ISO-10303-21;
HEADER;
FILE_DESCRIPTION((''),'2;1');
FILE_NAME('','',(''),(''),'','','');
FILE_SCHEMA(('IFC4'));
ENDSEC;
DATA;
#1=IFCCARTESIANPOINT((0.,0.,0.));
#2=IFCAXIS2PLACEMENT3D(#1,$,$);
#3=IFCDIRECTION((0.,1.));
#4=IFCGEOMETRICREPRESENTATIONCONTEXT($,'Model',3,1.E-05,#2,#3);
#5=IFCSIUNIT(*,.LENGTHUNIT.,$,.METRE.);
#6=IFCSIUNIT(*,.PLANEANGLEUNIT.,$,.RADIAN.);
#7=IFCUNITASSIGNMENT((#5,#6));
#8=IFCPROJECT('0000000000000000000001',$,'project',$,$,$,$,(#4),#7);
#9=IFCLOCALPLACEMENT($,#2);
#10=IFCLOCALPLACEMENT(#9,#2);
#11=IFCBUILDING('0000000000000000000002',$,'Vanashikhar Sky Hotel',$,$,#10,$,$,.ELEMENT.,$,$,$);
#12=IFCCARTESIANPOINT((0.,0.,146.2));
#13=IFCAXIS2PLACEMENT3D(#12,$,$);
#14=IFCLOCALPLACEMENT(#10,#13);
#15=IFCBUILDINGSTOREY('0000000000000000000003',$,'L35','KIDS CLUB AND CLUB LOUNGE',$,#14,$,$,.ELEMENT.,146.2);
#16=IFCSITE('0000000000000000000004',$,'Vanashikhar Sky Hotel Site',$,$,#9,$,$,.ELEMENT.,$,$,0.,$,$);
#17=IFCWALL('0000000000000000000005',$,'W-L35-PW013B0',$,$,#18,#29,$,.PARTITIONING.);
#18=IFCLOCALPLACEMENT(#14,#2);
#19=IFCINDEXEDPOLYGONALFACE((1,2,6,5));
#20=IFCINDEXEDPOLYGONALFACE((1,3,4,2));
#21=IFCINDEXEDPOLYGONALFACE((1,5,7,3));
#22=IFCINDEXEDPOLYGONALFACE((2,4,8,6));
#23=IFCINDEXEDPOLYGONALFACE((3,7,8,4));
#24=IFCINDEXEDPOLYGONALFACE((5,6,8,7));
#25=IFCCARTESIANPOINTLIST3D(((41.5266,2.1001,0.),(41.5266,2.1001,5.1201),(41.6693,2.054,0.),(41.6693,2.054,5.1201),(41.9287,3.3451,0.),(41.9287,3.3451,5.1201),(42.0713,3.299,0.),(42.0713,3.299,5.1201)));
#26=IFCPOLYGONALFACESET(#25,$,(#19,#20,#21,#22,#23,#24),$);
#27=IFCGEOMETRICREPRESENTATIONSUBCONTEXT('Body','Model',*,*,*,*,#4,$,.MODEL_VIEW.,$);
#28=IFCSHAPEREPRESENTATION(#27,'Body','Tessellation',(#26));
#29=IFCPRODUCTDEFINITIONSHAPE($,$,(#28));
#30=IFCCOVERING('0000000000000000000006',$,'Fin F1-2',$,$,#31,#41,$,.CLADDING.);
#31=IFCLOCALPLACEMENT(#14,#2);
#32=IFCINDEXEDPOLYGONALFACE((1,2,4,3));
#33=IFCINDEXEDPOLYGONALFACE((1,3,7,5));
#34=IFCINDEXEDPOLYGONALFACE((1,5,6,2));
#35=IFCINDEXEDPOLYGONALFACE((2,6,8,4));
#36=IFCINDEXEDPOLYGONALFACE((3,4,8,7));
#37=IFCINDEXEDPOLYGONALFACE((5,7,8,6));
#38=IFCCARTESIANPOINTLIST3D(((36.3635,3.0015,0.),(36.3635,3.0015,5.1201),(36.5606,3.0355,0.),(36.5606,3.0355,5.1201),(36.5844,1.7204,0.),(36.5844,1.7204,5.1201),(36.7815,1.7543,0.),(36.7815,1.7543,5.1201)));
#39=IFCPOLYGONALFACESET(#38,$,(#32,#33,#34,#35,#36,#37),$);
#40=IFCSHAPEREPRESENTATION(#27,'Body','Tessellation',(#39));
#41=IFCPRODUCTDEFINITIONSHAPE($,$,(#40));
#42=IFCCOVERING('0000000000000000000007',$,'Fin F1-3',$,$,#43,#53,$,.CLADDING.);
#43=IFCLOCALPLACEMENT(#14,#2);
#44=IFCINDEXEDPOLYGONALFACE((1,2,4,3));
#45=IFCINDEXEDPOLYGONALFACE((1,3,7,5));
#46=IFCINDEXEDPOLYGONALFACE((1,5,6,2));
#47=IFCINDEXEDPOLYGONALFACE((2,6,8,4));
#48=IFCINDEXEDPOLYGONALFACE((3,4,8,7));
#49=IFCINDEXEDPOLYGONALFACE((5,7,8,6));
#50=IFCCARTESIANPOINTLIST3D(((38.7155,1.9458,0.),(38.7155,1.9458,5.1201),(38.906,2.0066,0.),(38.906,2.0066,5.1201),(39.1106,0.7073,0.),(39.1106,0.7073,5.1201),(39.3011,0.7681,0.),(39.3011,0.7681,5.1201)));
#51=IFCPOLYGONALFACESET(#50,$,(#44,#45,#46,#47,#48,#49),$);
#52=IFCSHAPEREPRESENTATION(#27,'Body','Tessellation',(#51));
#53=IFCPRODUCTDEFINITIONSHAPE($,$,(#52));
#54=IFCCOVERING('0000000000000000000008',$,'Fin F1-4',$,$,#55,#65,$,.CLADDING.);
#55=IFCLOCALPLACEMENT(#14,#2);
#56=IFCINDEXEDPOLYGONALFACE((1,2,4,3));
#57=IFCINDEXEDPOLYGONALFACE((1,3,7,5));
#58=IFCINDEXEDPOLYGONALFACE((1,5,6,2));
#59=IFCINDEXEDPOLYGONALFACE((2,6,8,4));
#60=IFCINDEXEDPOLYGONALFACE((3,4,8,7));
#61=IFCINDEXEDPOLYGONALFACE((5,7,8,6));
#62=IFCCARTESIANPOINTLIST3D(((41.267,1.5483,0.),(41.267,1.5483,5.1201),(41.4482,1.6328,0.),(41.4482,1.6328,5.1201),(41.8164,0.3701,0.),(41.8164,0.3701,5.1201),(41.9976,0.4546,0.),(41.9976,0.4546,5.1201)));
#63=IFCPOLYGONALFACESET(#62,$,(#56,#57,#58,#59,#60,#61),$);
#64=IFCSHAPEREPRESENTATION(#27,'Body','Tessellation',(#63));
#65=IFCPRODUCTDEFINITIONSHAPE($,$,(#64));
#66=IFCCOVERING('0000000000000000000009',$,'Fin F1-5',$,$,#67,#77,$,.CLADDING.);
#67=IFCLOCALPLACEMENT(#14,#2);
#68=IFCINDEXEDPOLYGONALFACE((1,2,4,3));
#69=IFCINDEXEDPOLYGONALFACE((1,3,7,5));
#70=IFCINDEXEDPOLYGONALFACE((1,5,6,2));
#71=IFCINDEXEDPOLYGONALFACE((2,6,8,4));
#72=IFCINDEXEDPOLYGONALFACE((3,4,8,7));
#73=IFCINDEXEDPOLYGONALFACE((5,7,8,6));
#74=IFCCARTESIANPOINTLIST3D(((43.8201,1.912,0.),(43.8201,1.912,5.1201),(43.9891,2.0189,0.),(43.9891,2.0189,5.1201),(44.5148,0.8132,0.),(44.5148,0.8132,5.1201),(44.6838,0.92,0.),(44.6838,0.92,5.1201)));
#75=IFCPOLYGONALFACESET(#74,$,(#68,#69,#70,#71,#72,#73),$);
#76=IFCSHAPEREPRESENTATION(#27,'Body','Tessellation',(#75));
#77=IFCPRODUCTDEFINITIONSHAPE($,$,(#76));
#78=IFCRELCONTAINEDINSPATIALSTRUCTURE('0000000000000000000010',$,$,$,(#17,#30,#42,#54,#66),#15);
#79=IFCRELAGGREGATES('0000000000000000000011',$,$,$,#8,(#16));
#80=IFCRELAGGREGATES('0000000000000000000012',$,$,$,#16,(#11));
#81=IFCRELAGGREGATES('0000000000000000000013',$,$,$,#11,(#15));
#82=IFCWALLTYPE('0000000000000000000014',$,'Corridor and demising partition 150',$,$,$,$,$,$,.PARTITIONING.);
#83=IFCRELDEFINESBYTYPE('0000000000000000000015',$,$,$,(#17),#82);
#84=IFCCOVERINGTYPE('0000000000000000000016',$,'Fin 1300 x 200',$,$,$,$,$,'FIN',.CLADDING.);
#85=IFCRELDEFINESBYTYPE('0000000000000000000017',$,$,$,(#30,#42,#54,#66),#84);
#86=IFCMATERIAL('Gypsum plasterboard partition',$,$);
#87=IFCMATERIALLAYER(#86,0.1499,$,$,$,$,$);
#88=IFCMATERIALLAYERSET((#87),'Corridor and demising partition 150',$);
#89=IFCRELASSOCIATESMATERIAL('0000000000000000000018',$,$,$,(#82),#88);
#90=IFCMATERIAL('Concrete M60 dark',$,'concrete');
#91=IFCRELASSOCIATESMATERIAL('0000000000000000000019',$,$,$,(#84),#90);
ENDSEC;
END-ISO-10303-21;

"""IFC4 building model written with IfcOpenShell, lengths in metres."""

from ifc_helpers import new_model, si_unit, direction, frame, frame_2d, origin, origin_2d, place, context, subcontext, project, spatial, rectangle, extrude, source, transform, mapped, material, layer, layer_set, material_profile, profile_set, type_object, element, save


model = new_model("IFC4")

# Units and contexts
model_context = context("Model", 3, precision=1e-05, world=origin(), true_north=direction((0.0, 1.0)))
body_context = subcontext(model_context, "Body", "Model", "MODEL_VIEW")
ifc_project = project(units=[si_unit("LENGTHUNIT", "METRE"), si_unit("PLANEANGLEUNIT", "RADIAN")], contexts=[model_context])

# Site, building, storey
site_placement = place(None, origin())
site = spatial("IfcSite", under=ifc_project, at=site_placement, Name="Vanashikhar Sky Hotel Site", CompositionType="ELEMENT", RefElevation=0.0)
building_placement = place(site_placement, origin())
building = spatial("IfcBuilding", under=site, at=building_placement, Name="Vanashikhar Sky Hotel", CompositionType="ELEMENT")
storey_placement = place(building_placement, frame((0.0, 0.0, 146.2)))
storey = spatial("IfcBuildingStorey", under=building, at=storey_placement, Name="L35", Description="KIDS CLUB AND CLUB LOUNGE", CompositionType="ELEMENT", Elevation=146.2)

# Wall
ifc_material_1 = material(Name="Gypsum plasterboard partition")
ifc_layer_1 = layer(ifc_material_1, 0.1499)
ifc_layer_set_1 = layer_set([ifc_layer_1], Name="Corridor and demising partition 150")
wall_type_1 = type_object("IfcWallType", Name="Corridor and demising partition 150", PredefinedType="PARTITIONING", material=ifc_layer_set_1)
shared_shape_1 = source(origin(), body_context, "Body", "SweptSolid", [
    extrude(rectangle(XDim=1.3083, YDim=0.1499, at=frame_2d((0.6543, 0.0))), origin(), (0.0, 0.0, 1.0), 5.1201),
])
wall_1_placement = place(storey_placement, frame((41.5979, 2.0769, 0.0), z_axis=(0.0, 0.0, 1.0), x_axis=(0.307314, 0.951608, 0.0)))
element("IfcWall", 1, at=wall_1_placement, inside=storey, type_object=wall_type_1, Name="W-L35-PW013B0", PredefinedType="PARTITIONING", context=body_context, shape_type="MappedRepresentation", body=[
    mapped(shared_shape_1, transform((0.0, 0.0, 0.0), scale=1.0)),
])

# Coverings
ifc_material_2 = material(Name="Concrete M60 dark", Category="concrete")
ifc_material_profile = material_profile(ifc_material_2, rectangle(XDim=1.3, YDim=0.2, at=origin_2d()))
ifc_profile_set = profile_set([ifc_material_profile], Name="Fin 1300 x 200")
covering_type = type_object("IfcCoveringType", Name="Fin 1300 x 200", ElementType="FIN", PredefinedType="CLADDING", material=ifc_profile_set)
shared_shape_2 = source(origin(), body_context, "Body", "SweptSolid", [
    extrude(rectangle(XDim=1.3, YDim=0.2, at=origin_2d()), origin(), (0.0, 0.0, 1.0), 5.1201),
])
for number, where, z_axis, x_axis, name in (
    (2, (36.5725, 2.3779, 0.0), (0.0, 0.0, 1.0), (0.1699, -0.985461, 0.0), "Fin F1-2"),
    (3, (39.0083, 1.3569, 0.0), (0.0, 0.0, 1.0), (0.303967, -0.952683, 0.0), "Fin F1-3"),
    (4, (41.6323, 1.0015, 0.0), (0.0, 0.0, 1.0), (0.422618, -0.906308, 0.0), "Fin F1-4"),
    (5, (44.252, 1.416, 0.0), (0.0, 0.0, 1.0), (0.534411, -0.845225, 0.0), "Fin F1-5"),
):
    element("IfcCovering", number, at=place(storey_placement, frame(where, z_axis=z_axis, x_axis=x_axis)), inside=storey, type_object=covering_type, Name=name, PredefinedType="CLADDING", context=body_context, shape_type="MappedRepresentation", body=[
        mapped(shared_shape_2, transform((0.0, 0.0, 0.0), scale=1.0)),
    ])

save(model, "model.ifc")
